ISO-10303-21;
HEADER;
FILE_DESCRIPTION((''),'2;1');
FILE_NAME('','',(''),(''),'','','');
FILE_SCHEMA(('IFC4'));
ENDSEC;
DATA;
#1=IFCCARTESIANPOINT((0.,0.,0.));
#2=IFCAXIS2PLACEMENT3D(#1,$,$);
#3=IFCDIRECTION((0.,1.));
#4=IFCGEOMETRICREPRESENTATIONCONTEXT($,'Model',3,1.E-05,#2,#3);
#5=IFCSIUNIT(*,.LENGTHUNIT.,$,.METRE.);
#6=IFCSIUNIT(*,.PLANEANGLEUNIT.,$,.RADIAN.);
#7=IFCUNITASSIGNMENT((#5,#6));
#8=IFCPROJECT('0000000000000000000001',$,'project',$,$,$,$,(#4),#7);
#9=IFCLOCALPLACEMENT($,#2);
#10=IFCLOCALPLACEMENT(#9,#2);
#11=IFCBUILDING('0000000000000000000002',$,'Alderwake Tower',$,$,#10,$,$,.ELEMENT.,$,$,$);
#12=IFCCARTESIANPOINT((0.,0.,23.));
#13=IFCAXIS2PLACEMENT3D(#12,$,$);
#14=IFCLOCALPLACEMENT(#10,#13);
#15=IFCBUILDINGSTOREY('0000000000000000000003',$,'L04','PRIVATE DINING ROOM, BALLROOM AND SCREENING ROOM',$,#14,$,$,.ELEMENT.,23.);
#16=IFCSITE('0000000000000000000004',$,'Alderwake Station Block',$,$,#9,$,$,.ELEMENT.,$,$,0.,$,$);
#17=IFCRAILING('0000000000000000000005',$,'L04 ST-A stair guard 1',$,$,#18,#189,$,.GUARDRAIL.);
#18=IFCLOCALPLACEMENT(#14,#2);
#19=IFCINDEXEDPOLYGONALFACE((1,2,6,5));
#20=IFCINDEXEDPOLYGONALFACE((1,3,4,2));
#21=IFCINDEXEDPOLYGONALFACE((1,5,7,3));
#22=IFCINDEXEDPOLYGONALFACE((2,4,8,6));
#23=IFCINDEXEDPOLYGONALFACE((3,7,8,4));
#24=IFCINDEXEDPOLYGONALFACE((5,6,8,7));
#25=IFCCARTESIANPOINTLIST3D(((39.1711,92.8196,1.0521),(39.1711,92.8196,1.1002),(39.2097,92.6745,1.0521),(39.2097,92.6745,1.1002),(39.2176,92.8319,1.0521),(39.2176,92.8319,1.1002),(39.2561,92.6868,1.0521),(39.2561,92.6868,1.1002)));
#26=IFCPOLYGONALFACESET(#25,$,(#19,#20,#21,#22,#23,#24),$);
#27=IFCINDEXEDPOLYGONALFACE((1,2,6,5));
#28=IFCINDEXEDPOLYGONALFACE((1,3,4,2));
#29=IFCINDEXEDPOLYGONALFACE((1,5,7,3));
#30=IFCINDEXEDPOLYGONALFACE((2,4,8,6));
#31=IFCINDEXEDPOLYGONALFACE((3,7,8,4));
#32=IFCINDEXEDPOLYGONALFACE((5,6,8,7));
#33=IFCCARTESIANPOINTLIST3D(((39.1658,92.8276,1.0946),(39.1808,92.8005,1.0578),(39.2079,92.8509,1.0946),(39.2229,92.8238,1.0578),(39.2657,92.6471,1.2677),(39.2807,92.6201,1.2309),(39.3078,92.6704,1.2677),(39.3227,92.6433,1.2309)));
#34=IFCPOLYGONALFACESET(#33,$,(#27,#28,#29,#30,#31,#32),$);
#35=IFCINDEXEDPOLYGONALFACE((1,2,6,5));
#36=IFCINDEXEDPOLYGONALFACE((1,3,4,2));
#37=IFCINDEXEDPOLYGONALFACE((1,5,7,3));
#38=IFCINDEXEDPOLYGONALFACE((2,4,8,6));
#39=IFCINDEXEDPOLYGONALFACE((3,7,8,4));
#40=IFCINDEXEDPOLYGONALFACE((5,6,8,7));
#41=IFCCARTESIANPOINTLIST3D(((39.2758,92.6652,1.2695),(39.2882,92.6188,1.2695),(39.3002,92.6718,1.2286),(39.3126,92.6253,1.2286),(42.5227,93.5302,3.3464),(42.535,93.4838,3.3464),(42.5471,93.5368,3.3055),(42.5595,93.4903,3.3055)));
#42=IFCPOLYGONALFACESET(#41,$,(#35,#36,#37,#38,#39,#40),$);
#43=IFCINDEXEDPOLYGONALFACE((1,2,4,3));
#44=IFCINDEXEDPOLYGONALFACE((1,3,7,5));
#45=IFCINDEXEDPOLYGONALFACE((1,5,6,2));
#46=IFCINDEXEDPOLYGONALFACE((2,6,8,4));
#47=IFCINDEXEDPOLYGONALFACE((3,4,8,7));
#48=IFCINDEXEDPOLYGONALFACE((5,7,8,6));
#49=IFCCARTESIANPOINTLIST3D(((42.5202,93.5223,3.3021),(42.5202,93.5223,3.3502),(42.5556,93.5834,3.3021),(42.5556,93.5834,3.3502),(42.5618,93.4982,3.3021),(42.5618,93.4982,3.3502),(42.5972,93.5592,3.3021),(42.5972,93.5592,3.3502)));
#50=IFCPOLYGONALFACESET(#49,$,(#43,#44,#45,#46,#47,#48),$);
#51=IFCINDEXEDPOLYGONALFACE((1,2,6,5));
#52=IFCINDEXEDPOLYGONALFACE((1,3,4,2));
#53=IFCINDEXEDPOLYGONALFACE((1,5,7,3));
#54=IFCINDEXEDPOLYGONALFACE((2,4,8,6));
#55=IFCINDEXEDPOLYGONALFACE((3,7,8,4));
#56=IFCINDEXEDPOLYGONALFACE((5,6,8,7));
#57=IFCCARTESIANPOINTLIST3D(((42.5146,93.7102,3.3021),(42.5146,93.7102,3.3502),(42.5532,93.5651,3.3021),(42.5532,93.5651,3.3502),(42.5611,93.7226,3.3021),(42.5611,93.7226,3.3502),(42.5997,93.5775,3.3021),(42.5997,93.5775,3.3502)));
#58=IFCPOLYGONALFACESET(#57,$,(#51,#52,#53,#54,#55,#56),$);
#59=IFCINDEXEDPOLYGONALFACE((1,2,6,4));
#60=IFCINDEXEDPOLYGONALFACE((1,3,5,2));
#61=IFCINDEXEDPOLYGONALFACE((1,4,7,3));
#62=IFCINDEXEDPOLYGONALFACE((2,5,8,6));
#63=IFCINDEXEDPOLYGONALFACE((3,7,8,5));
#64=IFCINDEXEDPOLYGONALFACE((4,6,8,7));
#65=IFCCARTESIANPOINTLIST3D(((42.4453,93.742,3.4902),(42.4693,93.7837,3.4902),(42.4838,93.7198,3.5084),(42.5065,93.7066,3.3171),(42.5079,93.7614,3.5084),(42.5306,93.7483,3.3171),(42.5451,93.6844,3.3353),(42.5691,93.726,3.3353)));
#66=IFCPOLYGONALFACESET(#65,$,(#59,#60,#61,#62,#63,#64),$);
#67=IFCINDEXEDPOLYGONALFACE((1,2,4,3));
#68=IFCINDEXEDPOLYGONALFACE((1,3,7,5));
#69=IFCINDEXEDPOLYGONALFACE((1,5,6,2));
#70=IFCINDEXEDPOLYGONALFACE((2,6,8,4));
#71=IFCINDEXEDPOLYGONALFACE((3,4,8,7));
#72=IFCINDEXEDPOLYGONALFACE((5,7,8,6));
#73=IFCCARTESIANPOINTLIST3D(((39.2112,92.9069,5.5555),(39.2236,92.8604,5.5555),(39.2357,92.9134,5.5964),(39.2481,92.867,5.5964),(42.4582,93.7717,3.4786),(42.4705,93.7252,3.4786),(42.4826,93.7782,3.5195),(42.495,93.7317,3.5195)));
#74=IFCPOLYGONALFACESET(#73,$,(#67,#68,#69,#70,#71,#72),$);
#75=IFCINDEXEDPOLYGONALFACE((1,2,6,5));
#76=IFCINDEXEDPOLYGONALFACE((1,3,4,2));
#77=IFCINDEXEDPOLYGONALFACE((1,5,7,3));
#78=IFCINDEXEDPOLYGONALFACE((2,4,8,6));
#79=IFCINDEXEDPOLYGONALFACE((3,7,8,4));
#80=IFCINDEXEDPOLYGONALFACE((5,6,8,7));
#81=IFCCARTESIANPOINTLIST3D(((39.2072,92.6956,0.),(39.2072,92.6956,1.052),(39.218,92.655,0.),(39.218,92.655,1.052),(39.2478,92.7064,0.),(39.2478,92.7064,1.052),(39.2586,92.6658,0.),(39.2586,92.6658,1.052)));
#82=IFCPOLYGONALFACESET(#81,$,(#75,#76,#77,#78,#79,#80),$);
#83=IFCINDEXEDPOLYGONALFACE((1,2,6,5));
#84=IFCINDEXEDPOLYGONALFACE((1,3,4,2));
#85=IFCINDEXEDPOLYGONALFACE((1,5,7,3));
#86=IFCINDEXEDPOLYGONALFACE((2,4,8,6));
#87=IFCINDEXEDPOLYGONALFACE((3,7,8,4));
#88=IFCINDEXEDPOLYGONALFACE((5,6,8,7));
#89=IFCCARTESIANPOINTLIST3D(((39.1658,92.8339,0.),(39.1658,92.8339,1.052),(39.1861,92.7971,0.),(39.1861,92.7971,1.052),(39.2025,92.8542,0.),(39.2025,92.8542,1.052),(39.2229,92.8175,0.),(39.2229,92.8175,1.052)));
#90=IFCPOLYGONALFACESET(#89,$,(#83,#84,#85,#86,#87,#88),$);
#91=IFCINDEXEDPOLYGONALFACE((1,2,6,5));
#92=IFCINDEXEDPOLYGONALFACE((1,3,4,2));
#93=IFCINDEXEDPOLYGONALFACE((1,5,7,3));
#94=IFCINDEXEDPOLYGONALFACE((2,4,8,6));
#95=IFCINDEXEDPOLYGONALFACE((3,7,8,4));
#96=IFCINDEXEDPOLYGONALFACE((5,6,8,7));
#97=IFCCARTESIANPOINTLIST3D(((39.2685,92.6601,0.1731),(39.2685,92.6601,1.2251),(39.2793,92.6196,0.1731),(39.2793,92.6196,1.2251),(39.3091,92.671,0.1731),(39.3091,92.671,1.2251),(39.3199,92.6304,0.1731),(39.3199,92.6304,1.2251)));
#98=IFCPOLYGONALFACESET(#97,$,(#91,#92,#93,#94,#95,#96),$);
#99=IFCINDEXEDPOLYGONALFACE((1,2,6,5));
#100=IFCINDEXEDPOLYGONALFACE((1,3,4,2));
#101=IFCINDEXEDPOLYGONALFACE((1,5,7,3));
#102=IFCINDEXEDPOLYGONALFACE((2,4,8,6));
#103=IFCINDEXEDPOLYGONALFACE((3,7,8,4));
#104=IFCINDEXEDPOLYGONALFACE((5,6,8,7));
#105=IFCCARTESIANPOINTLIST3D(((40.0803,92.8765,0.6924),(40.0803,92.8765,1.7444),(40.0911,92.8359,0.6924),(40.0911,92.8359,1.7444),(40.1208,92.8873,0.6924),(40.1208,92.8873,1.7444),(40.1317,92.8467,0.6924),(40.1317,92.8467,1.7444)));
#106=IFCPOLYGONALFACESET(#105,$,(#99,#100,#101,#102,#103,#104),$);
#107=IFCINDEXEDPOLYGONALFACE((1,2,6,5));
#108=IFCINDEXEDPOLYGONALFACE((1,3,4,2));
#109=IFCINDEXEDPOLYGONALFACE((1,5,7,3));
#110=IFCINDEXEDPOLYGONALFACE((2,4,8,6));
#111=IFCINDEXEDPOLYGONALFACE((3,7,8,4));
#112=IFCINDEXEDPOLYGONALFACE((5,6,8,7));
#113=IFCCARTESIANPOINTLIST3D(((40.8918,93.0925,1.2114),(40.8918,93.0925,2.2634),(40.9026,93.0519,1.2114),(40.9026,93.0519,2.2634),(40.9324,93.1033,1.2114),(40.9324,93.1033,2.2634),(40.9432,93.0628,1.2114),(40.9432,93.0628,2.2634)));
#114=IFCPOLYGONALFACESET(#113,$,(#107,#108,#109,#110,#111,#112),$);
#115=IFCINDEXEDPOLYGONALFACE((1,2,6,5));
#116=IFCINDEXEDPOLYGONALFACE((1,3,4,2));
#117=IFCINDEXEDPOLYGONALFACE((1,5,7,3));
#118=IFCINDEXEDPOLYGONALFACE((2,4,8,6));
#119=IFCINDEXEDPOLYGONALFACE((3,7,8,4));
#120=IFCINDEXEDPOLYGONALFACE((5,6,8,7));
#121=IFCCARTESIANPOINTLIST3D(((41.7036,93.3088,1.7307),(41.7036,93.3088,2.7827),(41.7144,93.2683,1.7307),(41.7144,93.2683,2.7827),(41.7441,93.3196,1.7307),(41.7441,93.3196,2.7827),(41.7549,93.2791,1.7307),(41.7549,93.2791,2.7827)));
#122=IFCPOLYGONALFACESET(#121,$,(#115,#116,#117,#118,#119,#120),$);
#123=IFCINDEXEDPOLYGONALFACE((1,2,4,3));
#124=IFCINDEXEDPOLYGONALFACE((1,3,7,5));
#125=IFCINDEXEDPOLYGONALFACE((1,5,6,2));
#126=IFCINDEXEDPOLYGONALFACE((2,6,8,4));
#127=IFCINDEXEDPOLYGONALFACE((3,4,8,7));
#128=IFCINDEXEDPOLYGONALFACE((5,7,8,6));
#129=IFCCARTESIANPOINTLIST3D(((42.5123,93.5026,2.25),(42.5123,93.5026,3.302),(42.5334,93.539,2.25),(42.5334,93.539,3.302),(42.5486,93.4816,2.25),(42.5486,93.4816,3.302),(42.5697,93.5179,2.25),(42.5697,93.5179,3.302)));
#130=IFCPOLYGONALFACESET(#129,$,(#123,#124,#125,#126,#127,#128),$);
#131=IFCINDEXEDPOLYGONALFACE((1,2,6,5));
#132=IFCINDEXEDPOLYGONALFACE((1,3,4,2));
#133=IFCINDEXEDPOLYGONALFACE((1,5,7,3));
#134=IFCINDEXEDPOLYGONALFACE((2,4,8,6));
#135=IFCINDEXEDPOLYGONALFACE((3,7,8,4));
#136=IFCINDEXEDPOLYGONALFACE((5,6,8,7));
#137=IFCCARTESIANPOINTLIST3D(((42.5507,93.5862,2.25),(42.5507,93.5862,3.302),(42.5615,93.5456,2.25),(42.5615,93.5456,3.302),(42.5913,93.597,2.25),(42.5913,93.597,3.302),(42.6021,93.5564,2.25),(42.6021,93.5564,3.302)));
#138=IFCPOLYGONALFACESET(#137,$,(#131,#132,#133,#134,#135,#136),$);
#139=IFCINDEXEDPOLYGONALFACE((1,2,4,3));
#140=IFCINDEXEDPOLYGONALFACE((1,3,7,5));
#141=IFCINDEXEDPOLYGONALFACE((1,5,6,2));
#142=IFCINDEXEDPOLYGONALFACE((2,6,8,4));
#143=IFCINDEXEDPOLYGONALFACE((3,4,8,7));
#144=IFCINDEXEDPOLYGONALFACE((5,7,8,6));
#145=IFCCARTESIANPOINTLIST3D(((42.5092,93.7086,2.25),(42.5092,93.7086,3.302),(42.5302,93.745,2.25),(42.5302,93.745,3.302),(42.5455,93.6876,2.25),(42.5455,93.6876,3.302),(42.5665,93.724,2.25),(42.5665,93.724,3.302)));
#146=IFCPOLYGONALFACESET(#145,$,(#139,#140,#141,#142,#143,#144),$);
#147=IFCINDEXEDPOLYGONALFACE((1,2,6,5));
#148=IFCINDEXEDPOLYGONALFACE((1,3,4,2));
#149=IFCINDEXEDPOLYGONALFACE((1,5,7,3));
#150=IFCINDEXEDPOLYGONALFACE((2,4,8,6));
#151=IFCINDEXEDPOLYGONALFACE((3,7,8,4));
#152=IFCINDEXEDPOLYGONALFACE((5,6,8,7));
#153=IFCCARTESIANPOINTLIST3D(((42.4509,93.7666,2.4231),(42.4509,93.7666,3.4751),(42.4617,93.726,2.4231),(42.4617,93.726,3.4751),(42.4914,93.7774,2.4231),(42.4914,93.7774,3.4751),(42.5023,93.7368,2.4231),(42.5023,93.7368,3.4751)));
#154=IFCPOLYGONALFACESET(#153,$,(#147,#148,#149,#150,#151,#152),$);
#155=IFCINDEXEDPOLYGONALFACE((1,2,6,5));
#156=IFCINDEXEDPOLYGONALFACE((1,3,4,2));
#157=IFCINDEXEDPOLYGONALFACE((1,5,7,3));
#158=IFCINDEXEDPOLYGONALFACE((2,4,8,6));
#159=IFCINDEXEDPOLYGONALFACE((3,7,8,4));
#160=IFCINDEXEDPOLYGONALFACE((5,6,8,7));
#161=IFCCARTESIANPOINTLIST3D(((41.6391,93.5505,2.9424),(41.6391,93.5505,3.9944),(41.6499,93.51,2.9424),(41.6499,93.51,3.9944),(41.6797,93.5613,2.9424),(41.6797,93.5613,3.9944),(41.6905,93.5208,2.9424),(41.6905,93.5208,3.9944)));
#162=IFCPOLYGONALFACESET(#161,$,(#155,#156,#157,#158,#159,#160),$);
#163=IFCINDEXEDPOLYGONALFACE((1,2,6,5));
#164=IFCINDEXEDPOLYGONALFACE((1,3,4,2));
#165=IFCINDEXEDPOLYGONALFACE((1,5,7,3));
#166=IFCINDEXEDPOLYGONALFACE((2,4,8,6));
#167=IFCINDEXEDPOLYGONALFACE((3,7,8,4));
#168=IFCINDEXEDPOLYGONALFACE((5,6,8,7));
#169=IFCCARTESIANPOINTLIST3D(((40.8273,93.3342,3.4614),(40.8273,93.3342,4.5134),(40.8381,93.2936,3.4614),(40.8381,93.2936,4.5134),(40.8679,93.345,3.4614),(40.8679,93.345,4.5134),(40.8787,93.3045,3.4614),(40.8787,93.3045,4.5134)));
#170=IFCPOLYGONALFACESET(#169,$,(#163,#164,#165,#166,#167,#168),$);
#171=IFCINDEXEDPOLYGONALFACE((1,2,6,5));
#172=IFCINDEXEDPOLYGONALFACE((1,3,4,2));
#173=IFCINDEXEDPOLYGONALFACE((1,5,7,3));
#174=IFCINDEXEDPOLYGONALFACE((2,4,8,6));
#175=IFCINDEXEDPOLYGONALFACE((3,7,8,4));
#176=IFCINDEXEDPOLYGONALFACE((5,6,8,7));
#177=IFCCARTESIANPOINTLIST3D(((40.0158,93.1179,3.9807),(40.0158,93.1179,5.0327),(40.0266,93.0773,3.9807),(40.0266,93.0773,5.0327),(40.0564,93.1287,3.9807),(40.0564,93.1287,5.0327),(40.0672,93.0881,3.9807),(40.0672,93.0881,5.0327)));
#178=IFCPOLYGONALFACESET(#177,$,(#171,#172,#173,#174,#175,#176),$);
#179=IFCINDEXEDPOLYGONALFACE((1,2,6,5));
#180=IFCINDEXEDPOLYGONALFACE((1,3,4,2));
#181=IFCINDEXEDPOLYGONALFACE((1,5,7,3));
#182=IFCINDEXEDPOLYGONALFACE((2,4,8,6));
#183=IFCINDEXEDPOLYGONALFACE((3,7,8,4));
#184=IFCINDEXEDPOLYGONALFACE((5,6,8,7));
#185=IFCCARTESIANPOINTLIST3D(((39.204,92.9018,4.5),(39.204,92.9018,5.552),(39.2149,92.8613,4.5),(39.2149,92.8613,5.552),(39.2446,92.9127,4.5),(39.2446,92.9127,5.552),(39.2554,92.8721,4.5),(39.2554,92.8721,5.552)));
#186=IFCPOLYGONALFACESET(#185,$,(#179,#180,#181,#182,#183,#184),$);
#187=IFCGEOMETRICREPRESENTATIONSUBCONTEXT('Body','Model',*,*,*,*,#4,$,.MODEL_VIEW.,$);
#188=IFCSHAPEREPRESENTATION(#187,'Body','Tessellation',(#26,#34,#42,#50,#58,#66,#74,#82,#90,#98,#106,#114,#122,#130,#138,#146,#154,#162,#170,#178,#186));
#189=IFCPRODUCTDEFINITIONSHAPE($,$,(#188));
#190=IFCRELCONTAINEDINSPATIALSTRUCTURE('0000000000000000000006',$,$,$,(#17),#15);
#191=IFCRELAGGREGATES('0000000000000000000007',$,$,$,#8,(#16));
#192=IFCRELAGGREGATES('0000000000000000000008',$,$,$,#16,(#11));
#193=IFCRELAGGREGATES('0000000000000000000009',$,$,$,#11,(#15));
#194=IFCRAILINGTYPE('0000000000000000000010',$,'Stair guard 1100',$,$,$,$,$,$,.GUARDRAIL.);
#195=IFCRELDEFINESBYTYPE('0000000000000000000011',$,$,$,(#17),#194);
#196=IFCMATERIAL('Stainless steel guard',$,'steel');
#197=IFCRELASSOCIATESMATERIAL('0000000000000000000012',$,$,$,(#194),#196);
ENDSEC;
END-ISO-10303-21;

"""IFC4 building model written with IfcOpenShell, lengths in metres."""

from ifc_helpers import new_model, si_unit, direction, frame, origin, origin_2d, place, context, subcontext, project, spatial, rectangle, extrude, material, type_object, element, save


model = new_model("IFC4")

# Units and contexts
model_context = context("Model", 3, precision=1e-05, world=origin(), true_north=direction((0.0, 1.0)))
body_context = subcontext(model_context, "Body", "Model", "MODEL_VIEW")
ifc_project = project(units=[si_unit("LENGTHUNIT", "METRE"), si_unit("PLANEANGLEUNIT", "RADIAN")], contexts=[model_context])

# Site, building, storey
site_placement = place(None, origin())
site = spatial("IfcSite", under=ifc_project, at=site_placement, Name="Alderwake Station Block", CompositionType="ELEMENT", RefElevation=0.0)
building_placement = place(site_placement, origin())
building = spatial("IfcBuilding", under=site, at=building_placement, Name="Alderwake Tower", CompositionType="ELEMENT")
storey_placement = place(building_placement, frame((0.0, 0.0, 23.0)))
storey = spatial("IfcBuildingStorey", under=building, at=storey_placement, Name="L04", Description="PRIVATE DINING ROOM, BALLROOM AND SCREENING ROOM", CompositionType="ELEMENT", Elevation=23.0)

# Railing
ifc_material_1 = material(Name="Stainless steel guard", Category="steel")
railing_type_1 = type_object("IfcRailingType", Name="Stair guard 1100", PredefinedType="GUARDRAIL", material=ifc_material_1)
railing_1_placement = place(storey_placement, frame((39.2329, 92.6807, 0.0)))
element("IfcRailing", 1, at=railing_1_placement, inside=storey, type_object=railing_type_1, Name="L04 ST-A stair guard 1", PredefinedType="GUARDRAIL", context=body_context, shape_type="SweptSolid", body=[
    extrude(rectangle(XDim=0.0481, YDim=0.0481, at=origin_2d()), frame((0.0, 0.0, 1.0762), z_axis=(-0.257055, 0.966397, 0.0), x_axis=(-0.966397, -0.257055, 0.0)), (0.0, 0.0, 1.0), 0.1501),
    extrude(rectangle(XDim=0.0481, YDim=0.0481, at=origin_2d()), frame((-0.0386, 0.145, 1.0762), z_axis=(0.370887, -0.670136, 0.642931), x_axis=(0.874938, 0.484235, 0.0)), (0.0, 0.0, 1.0), 0.2693),
    extrude(rectangle(XDim=0.0481, YDim=0.0481, at=origin_2d()), frame((0.0613, -0.0354, 1.249), z_axis=(0.821952, 0.218977, 0.52578), x_axis=(-0.257432, 0.966296, 0.0)), (0.0, 0.0, 1.0), 3.9502),
    extrude(rectangle(XDim=0.0481, YDim=0.0481, at=origin_2d()), frame((3.3081, 0.8296, 3.3262), z_axis=(0.501718, 0.865031, 0.0), x_axis=(-0.865031, 0.501718, 0.0)), (0.0, 0.0, 1.0), 0.0706),
    extrude(rectangle(XDim=0.0481, YDim=0.0481, at=origin_2d()), frame((3.3435, 0.8906, 3.3262), z_axis=(-0.257055, 0.966397, 0.0), x_axis=(-0.966397, -0.257055, 0.0)), (0.0, 0.0, 1.0), 0.1501),
    extrude(rectangle(XDim=0.0481, YDim=0.0481, at=origin_2d()), frame((3.3049, 1.0356, 3.3262), z_axis=(-0.32769, 0.189303, 0.925626), x_axis=(-0.50022, -0.865898, 0.0)), (0.0, 0.0, 1.0), 0.187),
    extrude(rectangle(XDim=0.0481, YDim=0.0481, at=origin_2d()), frame((3.2437, 1.071, 3.499), z_axis=(-0.821963, -0.218918, 0.525787), x_axis=(0.257364, -0.966314, 0.0)), (0.0, 0.0, 1.0), 3.9502),
    extrude(rectangle(XDim=0.042, YDim=0.042, at=origin_2d()), frame((0.0, 0.0, 0.0), z_axis=(0.0, 0.0, 1.0), x_axis=(-0.257055, 0.966397, 0.0)), (0.0, 0.0, 1.0), 1.052),
    extrude(rectangle(XDim=0.042, YDim=0.042, at=origin_2d()), frame((-0.0386, 0.145, 0.0), z_axis=(0.0, 0.0, 1.0), x_axis=(0.484235, -0.874938, 0.0)), (0.0, 0.0, 1.0), 1.052),
    extrude(rectangle(XDim=0.042, YDim=0.042, at=origin_2d()), frame((0.0613, -0.0354, 0.1731), z_axis=(0.0, 0.0, 1.0), x_axis=(0.966296, 0.257432, 0.0)), (0.0, 0.0, 1.0), 1.052),
    extrude(rectangle(XDim=0.042, YDim=0.042, at=origin_2d()), frame((0.873, 0.1809, 0.6924), z_axis=(0.0, 0.0, 1.0), x_axis=(0.966296, 0.257432, 0.0)), (0.0, 0.0, 1.0), 1.052),
    extrude(rectangle(XDim=0.042, YDim=0.042, at=origin_2d()), frame((1.6846, 0.397, 1.2114), z_axis=(0.0, 0.0, 1.0), x_axis=(0.966296, 0.257432, 0.0)), (0.0, 0.0, 1.0), 1.052),
    extrude(rectangle(XDim=0.042, YDim=0.042, at=origin_2d()), frame((2.4963, 0.6133, 1.7307), z_axis=(0.0, 0.0, 1.0), x_axis=(0.966296, 0.257432, 0.0)), (0.0, 0.0, 1.0), 1.052),
    extrude(rectangle(XDim=0.042, YDim=0.042, at=origin_2d()), frame((3.3081, 0.8296, 2.25), z_axis=(0.0, 0.0, 1.0), x_axis=(0.501718, 0.865031, 0.0)), (0.0, 0.0, 1.0), 1.052),
    extrude(rectangle(XDim=0.042, YDim=0.042, at=origin_2d()), frame((3.3435, 0.8906, 2.25), z_axis=(0.0, 0.0, 1.0), x_axis=(-0.257055, 0.966397, 0.0)), (0.0, 0.0, 1.0), 1.052),
    extrude(rectangle(XDim=0.042, YDim=0.042, at=origin_2d()), frame((3.3049, 1.0356, 2.25), z_axis=(0.0, 0.0, 1.0), x_axis=(-0.865898, 0.50022, 0.0)), (0.0, 0.0, 1.0), 1.052),
    extrude(rectangle(XDim=0.042, YDim=0.042, at=origin_2d()), frame((3.2437, 1.071, 2.4231), z_axis=(0.0, 0.0, 1.0), x_axis=(-0.966314, -0.257364, 0.0)), (0.0, 0.0, 1.0), 1.052),
    extrude(rectangle(XDim=0.042, YDim=0.042, at=origin_2d()), frame((2.4319, 0.855, 2.9424), z_axis=(0.0, 0.0, 1.0), x_axis=(-0.966314, -0.257364, 0.0)), (0.0, 0.0, 1.0), 1.052),
    extrude(rectangle(XDim=0.042, YDim=0.042, at=origin_2d()), frame((1.6201, 0.6387, 3.4614), z_axis=(0.0, 0.0, 1.0), x_axis=(-0.966314, -0.257364, 0.0)), (0.0, 0.0, 1.0), 1.052),
    extrude(rectangle(XDim=0.042, YDim=0.042, at=origin_2d()), frame((0.8086, 0.4224, 3.9807), z_axis=(0.0, 0.0, 1.0), x_axis=(-0.966314, -0.257364, 0.0)), (0.0, 0.0, 1.0), 1.052),
    extrude(rectangle(XDim=0.042, YDim=0.042, at=origin_2d()), frame((-0.0032, 0.2063, 4.5), z_axis=(0.0, 0.0, 1.0), x_axis=(-0.966314, -0.257364, 0.0)), (0.0, 0.0, 1.0), 1.052),
])

save(model, "model.ifc")
